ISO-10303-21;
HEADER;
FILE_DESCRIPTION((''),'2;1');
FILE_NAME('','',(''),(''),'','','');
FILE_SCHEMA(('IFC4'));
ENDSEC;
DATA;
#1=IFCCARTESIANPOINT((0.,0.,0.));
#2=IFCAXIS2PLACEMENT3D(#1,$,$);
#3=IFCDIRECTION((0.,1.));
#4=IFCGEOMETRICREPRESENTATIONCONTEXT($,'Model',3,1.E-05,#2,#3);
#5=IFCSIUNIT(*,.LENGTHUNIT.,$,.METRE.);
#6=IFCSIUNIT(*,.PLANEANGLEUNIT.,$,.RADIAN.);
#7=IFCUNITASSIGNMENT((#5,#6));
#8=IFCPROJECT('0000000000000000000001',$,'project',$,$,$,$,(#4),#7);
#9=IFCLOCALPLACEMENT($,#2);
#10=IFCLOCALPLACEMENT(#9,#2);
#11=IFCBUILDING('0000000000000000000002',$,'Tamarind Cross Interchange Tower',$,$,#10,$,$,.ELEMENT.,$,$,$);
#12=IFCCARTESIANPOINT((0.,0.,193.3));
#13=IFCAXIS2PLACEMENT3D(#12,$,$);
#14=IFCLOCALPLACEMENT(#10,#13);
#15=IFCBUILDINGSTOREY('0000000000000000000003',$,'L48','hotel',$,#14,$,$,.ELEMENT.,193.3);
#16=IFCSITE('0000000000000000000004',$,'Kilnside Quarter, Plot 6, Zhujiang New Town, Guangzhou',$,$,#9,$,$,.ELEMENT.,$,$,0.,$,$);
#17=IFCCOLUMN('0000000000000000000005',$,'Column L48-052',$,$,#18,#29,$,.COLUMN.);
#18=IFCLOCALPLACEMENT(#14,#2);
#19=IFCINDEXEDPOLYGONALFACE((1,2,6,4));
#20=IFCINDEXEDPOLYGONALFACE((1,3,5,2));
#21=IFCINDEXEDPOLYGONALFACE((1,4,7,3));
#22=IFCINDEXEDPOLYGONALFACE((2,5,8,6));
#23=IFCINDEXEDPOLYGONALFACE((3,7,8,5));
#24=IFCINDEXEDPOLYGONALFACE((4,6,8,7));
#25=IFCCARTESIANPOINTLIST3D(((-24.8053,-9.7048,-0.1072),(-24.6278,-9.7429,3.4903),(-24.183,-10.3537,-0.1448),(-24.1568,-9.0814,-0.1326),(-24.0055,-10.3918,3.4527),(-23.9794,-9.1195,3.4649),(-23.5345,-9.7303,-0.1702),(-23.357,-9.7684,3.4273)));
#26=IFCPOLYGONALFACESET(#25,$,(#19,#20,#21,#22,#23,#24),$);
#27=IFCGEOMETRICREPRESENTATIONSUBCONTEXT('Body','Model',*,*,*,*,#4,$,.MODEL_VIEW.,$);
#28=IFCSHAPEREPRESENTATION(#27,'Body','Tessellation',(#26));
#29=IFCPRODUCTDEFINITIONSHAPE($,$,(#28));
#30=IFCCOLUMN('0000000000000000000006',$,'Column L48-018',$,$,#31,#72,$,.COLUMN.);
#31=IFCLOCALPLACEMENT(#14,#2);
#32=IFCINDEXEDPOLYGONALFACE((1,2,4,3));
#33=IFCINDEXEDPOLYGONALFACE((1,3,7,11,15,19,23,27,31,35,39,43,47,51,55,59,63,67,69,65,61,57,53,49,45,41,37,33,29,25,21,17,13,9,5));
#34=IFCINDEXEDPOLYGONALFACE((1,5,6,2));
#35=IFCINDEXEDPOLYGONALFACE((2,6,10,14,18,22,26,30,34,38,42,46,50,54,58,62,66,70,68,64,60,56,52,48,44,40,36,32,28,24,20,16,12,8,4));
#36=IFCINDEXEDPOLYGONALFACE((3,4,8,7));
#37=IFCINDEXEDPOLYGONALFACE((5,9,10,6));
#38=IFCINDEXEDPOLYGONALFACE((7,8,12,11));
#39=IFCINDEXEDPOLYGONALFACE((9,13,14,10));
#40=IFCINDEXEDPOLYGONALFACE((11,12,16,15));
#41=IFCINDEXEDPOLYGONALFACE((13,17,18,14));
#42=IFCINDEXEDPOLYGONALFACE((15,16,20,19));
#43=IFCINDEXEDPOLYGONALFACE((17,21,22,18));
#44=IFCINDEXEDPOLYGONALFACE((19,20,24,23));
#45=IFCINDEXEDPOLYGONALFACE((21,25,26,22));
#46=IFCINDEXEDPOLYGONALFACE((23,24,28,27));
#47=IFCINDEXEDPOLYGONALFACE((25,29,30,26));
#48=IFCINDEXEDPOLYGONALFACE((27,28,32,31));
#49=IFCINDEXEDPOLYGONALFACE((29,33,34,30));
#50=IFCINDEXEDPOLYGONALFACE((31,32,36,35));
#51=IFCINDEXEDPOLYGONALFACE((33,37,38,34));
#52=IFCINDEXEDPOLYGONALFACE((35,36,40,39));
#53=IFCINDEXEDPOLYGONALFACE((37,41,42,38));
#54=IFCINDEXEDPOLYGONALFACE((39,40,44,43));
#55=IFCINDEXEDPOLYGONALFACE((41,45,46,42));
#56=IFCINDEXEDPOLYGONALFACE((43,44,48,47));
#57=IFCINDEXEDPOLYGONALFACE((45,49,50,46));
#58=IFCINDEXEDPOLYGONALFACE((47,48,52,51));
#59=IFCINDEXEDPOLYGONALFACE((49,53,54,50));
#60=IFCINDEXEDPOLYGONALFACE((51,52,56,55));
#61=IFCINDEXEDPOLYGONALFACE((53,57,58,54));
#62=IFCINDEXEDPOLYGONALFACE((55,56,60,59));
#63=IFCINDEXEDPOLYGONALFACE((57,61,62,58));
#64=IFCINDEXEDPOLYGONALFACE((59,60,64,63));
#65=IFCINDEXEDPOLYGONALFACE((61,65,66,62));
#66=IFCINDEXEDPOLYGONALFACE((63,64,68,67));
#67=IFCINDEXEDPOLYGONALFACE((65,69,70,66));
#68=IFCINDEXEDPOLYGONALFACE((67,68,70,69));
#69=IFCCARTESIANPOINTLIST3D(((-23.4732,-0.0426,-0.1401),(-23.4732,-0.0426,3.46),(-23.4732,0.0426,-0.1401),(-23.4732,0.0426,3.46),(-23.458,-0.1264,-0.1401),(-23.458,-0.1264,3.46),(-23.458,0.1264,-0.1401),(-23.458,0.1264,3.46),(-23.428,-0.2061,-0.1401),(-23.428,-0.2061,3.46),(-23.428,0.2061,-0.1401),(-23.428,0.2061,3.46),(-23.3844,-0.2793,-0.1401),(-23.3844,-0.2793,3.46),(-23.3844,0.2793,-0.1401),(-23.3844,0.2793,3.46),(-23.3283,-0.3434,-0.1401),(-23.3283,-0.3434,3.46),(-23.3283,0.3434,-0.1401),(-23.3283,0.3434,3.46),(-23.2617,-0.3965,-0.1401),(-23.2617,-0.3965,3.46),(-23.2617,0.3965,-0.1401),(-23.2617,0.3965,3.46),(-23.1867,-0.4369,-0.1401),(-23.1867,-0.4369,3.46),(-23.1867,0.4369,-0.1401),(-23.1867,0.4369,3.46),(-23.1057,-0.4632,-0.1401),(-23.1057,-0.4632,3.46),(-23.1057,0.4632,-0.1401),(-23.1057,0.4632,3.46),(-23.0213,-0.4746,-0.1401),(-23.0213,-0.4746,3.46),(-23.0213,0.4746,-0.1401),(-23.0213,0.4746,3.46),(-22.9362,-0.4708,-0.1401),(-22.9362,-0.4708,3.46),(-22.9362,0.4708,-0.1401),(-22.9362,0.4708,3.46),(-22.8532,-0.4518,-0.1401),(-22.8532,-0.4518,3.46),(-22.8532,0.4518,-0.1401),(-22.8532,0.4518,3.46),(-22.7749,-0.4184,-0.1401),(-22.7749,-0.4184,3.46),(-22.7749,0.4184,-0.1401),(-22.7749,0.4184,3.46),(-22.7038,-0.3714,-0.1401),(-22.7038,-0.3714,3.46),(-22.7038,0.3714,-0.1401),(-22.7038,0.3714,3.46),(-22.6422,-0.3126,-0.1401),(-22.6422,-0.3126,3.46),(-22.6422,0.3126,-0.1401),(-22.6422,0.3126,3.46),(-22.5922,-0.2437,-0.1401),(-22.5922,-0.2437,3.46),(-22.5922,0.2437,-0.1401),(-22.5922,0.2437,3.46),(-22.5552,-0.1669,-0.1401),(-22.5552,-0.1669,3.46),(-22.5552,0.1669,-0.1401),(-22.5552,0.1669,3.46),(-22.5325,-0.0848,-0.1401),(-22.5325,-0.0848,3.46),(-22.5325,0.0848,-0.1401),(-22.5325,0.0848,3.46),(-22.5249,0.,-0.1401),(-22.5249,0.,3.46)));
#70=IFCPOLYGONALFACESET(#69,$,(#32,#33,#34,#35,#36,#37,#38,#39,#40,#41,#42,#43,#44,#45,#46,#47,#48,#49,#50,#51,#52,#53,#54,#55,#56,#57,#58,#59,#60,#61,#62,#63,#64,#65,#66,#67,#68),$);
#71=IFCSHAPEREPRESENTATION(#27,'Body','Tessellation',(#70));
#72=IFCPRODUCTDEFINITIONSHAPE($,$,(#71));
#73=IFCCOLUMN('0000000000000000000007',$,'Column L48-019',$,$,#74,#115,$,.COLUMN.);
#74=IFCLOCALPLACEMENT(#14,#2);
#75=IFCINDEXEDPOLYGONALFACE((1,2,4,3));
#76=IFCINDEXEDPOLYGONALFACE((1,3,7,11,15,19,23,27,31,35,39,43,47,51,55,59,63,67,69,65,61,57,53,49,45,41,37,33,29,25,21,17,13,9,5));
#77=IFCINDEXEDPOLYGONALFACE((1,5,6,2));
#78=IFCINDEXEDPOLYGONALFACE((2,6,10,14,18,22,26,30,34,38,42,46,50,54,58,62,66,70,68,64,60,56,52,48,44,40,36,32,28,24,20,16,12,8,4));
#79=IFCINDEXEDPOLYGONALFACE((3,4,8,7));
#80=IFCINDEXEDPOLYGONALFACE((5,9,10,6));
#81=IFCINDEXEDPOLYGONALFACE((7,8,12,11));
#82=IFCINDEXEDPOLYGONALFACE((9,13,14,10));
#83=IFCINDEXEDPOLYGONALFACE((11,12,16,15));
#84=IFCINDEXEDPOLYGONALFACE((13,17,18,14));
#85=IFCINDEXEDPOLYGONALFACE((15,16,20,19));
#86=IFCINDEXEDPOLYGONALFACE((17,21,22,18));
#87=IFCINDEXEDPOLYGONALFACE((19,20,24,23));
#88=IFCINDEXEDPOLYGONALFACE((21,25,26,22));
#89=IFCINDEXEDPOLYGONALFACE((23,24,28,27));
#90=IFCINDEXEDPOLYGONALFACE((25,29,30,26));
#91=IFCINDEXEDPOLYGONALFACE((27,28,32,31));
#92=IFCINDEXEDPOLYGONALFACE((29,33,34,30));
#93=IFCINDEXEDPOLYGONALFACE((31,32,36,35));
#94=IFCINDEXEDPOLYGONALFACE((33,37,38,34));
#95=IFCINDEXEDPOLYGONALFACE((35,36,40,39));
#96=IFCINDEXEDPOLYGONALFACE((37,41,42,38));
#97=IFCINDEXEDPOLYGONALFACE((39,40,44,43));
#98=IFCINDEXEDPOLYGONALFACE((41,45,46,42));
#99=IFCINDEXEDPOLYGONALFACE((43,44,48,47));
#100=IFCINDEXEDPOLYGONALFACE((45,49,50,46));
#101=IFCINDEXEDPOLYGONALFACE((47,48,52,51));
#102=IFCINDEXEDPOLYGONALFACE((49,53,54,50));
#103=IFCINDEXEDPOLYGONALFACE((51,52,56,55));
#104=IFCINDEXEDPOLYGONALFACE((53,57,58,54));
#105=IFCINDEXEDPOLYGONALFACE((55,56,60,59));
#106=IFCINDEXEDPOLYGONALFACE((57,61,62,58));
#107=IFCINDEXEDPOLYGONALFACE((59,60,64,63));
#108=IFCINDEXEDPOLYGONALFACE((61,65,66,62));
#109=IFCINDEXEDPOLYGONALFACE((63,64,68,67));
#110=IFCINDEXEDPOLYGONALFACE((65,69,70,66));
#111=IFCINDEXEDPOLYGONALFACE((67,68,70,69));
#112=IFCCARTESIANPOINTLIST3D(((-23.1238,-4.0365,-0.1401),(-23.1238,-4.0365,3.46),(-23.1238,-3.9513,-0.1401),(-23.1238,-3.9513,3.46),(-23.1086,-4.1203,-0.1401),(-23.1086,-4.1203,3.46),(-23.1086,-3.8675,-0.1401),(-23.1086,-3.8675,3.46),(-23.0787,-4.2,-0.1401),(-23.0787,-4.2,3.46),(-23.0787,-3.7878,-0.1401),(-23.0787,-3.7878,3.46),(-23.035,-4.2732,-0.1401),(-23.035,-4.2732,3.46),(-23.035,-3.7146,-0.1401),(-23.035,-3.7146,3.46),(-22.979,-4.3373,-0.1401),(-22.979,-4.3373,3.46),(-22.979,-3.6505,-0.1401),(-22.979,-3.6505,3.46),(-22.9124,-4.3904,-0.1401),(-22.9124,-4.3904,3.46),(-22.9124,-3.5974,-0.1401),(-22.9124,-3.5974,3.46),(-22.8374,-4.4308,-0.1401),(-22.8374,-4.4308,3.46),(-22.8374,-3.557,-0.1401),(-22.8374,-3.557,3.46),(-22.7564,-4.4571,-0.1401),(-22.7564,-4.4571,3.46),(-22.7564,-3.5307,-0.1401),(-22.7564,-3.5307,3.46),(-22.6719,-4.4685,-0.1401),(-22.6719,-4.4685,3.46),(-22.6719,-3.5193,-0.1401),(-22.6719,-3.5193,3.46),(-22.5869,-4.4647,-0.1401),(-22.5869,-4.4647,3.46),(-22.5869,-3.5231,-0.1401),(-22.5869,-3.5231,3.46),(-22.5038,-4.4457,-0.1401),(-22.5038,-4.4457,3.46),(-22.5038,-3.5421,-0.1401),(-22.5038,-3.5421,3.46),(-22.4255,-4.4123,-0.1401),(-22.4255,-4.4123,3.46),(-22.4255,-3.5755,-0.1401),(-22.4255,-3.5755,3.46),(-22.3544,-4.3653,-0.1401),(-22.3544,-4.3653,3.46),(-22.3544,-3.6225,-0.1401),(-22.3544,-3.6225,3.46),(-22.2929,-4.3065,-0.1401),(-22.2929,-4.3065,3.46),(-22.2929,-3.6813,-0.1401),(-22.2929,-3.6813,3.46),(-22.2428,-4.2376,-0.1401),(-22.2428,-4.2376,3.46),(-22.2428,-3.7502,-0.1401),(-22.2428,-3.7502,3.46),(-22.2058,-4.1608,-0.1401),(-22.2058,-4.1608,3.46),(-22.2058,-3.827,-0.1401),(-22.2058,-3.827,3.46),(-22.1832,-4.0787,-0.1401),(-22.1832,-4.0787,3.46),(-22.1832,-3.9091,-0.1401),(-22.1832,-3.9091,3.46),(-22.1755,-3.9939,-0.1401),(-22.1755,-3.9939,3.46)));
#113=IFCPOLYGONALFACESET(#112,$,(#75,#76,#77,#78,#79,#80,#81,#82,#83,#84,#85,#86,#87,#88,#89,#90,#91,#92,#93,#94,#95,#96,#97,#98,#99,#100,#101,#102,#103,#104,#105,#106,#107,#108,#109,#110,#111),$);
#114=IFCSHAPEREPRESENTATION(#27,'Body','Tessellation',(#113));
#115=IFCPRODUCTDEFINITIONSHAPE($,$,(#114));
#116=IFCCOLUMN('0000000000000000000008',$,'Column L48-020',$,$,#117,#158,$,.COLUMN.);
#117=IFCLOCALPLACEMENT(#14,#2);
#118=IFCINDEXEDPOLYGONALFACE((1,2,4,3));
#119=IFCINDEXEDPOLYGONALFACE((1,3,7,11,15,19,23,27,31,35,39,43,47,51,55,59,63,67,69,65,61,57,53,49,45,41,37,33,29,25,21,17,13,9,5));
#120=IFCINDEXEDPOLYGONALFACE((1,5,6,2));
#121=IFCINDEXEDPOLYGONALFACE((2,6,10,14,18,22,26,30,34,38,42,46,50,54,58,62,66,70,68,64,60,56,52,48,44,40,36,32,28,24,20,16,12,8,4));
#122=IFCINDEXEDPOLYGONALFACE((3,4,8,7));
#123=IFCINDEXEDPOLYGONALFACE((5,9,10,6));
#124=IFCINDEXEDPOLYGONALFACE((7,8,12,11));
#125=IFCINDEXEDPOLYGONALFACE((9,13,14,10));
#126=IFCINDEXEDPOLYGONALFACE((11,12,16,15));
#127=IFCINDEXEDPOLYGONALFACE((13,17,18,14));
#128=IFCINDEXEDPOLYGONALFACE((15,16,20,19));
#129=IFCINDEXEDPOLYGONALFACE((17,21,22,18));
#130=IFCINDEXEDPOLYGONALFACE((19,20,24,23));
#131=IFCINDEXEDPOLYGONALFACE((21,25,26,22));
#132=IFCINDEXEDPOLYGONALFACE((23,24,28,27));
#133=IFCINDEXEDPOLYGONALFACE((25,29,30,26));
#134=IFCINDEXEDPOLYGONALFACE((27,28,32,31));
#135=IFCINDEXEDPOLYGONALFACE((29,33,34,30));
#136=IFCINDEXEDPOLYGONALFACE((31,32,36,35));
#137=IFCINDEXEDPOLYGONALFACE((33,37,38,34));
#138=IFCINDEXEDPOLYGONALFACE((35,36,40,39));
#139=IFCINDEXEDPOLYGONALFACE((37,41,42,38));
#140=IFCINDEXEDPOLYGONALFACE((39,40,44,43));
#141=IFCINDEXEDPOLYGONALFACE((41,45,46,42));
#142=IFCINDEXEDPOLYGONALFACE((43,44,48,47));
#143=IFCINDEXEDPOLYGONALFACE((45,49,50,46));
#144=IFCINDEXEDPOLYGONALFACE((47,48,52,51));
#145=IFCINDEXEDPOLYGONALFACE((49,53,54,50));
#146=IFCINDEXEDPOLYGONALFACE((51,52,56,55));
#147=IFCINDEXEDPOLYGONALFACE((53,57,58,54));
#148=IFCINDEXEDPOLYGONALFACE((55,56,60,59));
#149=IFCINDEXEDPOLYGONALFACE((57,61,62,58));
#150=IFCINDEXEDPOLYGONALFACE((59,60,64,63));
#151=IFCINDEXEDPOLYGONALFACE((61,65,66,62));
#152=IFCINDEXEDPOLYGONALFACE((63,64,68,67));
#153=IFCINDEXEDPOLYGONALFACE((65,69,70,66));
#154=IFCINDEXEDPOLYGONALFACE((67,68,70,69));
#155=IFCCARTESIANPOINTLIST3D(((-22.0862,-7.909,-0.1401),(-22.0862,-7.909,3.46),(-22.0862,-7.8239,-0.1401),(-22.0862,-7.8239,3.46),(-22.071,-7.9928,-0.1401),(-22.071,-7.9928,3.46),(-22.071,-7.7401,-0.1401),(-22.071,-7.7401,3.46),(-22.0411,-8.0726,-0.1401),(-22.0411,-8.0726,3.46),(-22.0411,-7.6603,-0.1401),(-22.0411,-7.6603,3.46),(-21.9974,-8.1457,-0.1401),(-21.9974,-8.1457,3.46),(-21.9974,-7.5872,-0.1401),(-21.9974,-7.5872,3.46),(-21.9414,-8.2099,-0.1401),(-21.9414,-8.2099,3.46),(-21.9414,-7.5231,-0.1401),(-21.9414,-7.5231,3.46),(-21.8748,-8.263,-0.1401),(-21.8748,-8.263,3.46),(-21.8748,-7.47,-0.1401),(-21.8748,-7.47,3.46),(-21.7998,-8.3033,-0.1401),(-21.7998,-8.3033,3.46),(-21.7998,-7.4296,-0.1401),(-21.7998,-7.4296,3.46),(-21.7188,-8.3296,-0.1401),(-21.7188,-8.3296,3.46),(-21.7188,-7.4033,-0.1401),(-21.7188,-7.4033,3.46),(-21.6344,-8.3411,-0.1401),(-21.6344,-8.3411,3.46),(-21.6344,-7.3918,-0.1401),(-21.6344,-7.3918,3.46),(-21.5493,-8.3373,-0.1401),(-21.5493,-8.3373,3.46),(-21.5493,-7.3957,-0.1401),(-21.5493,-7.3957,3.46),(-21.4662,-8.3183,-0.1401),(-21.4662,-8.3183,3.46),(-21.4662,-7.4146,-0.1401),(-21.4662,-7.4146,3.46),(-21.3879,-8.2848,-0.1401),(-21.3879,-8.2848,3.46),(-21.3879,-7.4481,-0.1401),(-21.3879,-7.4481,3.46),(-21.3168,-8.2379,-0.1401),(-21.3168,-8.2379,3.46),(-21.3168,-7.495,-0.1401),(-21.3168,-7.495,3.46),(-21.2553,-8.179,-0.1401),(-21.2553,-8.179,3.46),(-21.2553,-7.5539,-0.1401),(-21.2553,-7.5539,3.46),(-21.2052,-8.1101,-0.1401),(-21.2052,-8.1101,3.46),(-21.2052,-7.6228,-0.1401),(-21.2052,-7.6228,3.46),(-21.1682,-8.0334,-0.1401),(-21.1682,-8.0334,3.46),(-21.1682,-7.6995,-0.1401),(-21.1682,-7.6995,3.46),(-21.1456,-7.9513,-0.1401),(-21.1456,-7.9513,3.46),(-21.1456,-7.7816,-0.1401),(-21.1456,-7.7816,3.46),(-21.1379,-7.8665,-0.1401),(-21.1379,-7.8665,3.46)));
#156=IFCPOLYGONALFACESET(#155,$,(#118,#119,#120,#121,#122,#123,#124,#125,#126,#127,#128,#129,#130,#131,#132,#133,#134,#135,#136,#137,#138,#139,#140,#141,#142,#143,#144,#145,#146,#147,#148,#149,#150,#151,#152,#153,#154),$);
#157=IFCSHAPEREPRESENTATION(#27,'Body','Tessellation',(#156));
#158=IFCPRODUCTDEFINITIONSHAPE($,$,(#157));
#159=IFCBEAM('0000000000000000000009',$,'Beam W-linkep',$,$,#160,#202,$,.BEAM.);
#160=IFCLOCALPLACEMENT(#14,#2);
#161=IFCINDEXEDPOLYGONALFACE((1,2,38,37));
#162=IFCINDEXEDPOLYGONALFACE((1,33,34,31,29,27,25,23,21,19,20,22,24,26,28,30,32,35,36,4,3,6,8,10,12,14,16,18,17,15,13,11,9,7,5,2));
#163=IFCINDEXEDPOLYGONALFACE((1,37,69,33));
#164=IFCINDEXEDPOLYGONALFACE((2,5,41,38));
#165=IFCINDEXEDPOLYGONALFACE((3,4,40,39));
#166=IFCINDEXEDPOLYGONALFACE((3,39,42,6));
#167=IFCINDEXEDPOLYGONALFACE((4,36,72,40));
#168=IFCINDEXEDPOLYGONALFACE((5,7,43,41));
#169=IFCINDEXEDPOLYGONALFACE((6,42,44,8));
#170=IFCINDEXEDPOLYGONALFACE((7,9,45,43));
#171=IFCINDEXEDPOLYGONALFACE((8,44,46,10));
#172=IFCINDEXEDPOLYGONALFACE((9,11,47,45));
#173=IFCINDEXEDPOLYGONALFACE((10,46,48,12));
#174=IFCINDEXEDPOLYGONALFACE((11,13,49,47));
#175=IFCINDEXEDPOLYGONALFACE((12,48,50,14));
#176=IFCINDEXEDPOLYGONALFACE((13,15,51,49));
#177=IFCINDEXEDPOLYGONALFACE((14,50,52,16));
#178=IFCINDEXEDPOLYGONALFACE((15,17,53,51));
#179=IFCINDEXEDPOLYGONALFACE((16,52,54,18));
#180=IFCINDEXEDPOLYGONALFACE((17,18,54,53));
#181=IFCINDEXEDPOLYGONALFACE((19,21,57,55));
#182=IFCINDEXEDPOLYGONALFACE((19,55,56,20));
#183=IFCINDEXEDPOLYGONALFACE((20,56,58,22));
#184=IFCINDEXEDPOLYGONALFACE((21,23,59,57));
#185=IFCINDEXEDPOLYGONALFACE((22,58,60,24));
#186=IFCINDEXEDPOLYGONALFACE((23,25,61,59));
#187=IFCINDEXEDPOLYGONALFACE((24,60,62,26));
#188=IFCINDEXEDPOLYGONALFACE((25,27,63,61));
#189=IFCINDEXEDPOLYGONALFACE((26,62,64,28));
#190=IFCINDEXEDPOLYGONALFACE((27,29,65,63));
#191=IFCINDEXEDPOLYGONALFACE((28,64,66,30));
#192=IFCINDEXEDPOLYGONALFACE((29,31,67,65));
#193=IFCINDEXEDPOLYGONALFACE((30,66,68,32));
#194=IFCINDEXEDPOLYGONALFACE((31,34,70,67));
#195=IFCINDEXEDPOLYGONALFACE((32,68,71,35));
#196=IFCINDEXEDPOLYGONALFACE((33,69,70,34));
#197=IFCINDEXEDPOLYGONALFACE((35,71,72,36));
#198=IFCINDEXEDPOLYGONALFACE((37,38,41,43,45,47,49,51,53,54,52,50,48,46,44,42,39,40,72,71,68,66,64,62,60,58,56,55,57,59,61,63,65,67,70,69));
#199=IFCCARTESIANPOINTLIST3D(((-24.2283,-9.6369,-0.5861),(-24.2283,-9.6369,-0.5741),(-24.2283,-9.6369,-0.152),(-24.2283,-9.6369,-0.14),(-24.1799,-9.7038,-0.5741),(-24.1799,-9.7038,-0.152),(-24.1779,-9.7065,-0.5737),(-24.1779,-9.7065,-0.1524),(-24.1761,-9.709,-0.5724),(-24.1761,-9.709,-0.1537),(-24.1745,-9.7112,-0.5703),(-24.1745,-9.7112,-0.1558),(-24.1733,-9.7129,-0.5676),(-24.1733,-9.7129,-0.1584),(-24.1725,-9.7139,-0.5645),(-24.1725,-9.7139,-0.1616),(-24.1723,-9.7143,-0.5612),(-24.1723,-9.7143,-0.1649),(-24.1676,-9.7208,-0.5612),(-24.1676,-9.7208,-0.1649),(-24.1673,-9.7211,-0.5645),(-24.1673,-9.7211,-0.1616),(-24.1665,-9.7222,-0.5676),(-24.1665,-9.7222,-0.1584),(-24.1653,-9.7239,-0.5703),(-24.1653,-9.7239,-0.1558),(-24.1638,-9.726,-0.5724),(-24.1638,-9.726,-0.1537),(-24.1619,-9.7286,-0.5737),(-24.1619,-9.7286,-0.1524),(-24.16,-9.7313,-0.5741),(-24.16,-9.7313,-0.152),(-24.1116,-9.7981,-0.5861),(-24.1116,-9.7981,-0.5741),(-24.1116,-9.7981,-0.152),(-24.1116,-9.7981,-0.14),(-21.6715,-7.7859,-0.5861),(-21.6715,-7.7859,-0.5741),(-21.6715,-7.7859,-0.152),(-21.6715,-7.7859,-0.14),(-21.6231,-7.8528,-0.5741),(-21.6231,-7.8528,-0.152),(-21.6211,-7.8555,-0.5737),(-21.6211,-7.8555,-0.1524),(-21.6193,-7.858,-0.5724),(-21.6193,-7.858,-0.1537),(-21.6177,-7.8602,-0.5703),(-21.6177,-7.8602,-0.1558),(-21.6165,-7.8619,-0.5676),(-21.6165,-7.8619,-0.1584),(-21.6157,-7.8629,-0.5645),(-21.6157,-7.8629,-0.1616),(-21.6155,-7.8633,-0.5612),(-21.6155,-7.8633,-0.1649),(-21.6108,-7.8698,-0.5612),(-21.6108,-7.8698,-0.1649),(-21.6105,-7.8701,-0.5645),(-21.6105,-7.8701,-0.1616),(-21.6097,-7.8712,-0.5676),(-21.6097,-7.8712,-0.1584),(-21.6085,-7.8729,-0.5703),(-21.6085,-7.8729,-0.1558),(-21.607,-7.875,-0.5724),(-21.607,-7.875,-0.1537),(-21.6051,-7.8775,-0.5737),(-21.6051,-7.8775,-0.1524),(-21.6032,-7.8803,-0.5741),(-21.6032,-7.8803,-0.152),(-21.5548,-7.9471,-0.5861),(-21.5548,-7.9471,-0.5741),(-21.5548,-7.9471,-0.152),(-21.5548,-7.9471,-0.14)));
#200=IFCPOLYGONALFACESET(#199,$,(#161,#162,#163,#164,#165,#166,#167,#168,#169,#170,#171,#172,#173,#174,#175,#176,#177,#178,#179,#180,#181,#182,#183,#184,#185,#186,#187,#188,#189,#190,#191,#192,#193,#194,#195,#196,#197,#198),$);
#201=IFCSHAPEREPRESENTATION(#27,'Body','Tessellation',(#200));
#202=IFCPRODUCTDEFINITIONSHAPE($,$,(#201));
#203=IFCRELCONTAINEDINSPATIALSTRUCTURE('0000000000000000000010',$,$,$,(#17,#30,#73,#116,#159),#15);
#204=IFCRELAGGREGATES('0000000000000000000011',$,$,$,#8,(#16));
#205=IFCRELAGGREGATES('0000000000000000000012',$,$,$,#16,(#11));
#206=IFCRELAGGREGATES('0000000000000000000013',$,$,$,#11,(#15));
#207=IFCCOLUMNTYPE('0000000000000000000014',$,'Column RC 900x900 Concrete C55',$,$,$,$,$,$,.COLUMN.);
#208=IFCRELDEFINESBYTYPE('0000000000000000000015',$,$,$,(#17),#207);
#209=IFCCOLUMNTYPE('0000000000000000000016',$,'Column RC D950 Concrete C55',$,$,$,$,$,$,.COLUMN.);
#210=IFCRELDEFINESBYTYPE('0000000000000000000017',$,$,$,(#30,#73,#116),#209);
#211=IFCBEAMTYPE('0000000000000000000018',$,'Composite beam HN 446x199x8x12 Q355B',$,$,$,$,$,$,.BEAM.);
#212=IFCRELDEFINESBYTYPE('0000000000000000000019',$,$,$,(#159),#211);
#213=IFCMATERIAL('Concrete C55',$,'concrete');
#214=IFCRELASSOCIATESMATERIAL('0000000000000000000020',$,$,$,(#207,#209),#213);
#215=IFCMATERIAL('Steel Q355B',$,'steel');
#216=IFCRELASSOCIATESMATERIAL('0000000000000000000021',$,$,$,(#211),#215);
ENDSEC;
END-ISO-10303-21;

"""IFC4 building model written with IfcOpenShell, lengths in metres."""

from ifc_helpers import new_model, si_unit, direction, frame, origin, origin_2d, place, context, subcontext, project, spatial, rectangle, circle, i_section, extrude, material, material_profile, profile_set, type_object, element, save


model = new_model("IFC4")

# Units and contexts
model_context = context("Model", 3, precision=1e-05, world=origin(), true_north=direction((0.0, 1.0)))
body_context = subcontext(model_context, "Body", "Model", "MODEL_VIEW")
ifc_project = project(units=[si_unit("LENGTHUNIT", "METRE"), si_unit("PLANEANGLEUNIT", "RADIAN")], contexts=[model_context])

# Site, building, storey
site_placement = place(None, origin())
site = spatial("IfcSite", under=ifc_project, at=site_placement, Name="Kilnside Quarter, Plot 6, Zhujiang New Town, Guangzhou", CompositionType="ELEMENT", RefElevation=0.0)
building_placement = place(site_placement, origin())
building = spatial("IfcBuilding", under=site, at=building_placement, Name="Tamarind Cross Interchange Tower", CompositionType="ELEMENT")
storey_placement = place(building_placement, frame((0.0, 0.0, 193.3)))
storey = spatial("IfcBuildingStorey", under=building, at=storey_placement, Name="L48", Description="hotel", CompositionType="ELEMENT", Elevation=193.3)

# Columns
ifc_material_1 = material(Name="Concrete C55", Category="concrete")
ifc_material_profile_1 = material_profile(ifc_material_1, rectangle(XDim=0.8999, YDim=0.8999, at=origin_2d()), Name="RC 900x900")
ifc_profile_set_1 = profile_set([ifc_material_profile_1], Name="Concrete C55")
column_type_1 = type_object("IfcColumnType", Name="Column RC 900x900 Concrete C55", PredefinedType="COLUMN", material=ifc_profile_set_1)
column_placement = place(storey_placement, frame((-24.1699, -9.7175, -0.1387), z_axis=(0.049276, -0.010574, 0.998729), x_axis=(-0.69157, 0.721102, 0.041755)))
element("IfcColumn", 1, at=column_placement, inside=storey, type_object=column_type_1, Name="Column L48-052", PredefinedType="COLUMN", context=body_context, shape_type="SweptSolid", body=[
    extrude(rectangle(XDim=0.8999, YDim=0.8999, at=origin_2d()), origin(), (0.0, 0.0, 1.0), 3.6021),
])
ifc_material_profile_2 = material_profile(ifc_material_1, circle(Radius=0.4751, at=origin_2d()), Name="RC D950")
ifc_profile_set_2 = profile_set([ifc_material_profile_2], Name="Concrete C55")
column_type_2 = type_object("IfcColumnType", Name="Column RC D950 Concrete C55", PredefinedType="COLUMN", material=ifc_profile_set_2)
for number, where, z_axis, x_axis, name in (
    (2, (-23.0, 0.0, -0.1401), (0.0, 0.0, 1.0), (1.0, 0.0, 0.0), "Column L48-018"),
    (3, (-22.6506, -3.9939, -0.1401), (0.0, 0.0, 1.0), (1.0, 0.0, 0.0), "Column L48-019"),
    (4, (-21.613, -7.8665, -0.1401), (0.0, 0.0, 1.0), (1.0, 0.0, 0.0), "Column L48-020"),
):
    element("IfcColumn", number, at=place(storey_placement, frame(where, z_axis=z_axis, x_axis=x_axis)), inside=storey, type_object=column_type_2, Name=name, PredefinedType="COLUMN", context=body_context, shape_type="SweptSolid", body=[
        extrude(circle(Radius=0.4751, at=origin_2d()), origin(), (0.0, 0.0, 1.0), 3.6001),
    ])

# Beam
ifc_material_2 = material(Name="Steel Q355B", Category="steel")
ifc_material_profile_3 = material_profile(ifc_material_2, i_section(OverallWidth=0.199, OverallDepth=0.446, WebThickness=0.0081, FlangeThickness=0.012, FilletRadius=0.0129, at=origin_2d()), Name="HN 446x199x8x12")
ifc_profile_set_3 = profile_set([ifc_material_profile_3], Name="Steel Q355B")
beam_type_1 = type_object("IfcBeamType", Name="Composite beam HN 446x199x8x12 Q355B", PredefinedType="BEAM", material=ifc_profile_set_3)
beam_1_placement = place(storey_placement, frame((-24.1699, -9.7175, -0.363), z_axis=(0.810012, 0.586414, 0.0), x_axis=(-0.586414, 0.810012, 0.0)))
element("IfcBeam", 5, at=beam_1_placement, inside=storey, type_object=beam_type_1, Name="Beam W-linkep", PredefinedType="BEAM", context=body_context, shape_type="SweptSolid", body=[
    extrude(i_section(OverallWidth=0.199, OverallDepth=0.446, WebThickness=0.0081, FlangeThickness=0.012, FilletRadius=0.0129, at=origin_2d()), origin(), (0.0, 0.0, 1.0), 3.1565),
])

save(model, "model.ifc")
